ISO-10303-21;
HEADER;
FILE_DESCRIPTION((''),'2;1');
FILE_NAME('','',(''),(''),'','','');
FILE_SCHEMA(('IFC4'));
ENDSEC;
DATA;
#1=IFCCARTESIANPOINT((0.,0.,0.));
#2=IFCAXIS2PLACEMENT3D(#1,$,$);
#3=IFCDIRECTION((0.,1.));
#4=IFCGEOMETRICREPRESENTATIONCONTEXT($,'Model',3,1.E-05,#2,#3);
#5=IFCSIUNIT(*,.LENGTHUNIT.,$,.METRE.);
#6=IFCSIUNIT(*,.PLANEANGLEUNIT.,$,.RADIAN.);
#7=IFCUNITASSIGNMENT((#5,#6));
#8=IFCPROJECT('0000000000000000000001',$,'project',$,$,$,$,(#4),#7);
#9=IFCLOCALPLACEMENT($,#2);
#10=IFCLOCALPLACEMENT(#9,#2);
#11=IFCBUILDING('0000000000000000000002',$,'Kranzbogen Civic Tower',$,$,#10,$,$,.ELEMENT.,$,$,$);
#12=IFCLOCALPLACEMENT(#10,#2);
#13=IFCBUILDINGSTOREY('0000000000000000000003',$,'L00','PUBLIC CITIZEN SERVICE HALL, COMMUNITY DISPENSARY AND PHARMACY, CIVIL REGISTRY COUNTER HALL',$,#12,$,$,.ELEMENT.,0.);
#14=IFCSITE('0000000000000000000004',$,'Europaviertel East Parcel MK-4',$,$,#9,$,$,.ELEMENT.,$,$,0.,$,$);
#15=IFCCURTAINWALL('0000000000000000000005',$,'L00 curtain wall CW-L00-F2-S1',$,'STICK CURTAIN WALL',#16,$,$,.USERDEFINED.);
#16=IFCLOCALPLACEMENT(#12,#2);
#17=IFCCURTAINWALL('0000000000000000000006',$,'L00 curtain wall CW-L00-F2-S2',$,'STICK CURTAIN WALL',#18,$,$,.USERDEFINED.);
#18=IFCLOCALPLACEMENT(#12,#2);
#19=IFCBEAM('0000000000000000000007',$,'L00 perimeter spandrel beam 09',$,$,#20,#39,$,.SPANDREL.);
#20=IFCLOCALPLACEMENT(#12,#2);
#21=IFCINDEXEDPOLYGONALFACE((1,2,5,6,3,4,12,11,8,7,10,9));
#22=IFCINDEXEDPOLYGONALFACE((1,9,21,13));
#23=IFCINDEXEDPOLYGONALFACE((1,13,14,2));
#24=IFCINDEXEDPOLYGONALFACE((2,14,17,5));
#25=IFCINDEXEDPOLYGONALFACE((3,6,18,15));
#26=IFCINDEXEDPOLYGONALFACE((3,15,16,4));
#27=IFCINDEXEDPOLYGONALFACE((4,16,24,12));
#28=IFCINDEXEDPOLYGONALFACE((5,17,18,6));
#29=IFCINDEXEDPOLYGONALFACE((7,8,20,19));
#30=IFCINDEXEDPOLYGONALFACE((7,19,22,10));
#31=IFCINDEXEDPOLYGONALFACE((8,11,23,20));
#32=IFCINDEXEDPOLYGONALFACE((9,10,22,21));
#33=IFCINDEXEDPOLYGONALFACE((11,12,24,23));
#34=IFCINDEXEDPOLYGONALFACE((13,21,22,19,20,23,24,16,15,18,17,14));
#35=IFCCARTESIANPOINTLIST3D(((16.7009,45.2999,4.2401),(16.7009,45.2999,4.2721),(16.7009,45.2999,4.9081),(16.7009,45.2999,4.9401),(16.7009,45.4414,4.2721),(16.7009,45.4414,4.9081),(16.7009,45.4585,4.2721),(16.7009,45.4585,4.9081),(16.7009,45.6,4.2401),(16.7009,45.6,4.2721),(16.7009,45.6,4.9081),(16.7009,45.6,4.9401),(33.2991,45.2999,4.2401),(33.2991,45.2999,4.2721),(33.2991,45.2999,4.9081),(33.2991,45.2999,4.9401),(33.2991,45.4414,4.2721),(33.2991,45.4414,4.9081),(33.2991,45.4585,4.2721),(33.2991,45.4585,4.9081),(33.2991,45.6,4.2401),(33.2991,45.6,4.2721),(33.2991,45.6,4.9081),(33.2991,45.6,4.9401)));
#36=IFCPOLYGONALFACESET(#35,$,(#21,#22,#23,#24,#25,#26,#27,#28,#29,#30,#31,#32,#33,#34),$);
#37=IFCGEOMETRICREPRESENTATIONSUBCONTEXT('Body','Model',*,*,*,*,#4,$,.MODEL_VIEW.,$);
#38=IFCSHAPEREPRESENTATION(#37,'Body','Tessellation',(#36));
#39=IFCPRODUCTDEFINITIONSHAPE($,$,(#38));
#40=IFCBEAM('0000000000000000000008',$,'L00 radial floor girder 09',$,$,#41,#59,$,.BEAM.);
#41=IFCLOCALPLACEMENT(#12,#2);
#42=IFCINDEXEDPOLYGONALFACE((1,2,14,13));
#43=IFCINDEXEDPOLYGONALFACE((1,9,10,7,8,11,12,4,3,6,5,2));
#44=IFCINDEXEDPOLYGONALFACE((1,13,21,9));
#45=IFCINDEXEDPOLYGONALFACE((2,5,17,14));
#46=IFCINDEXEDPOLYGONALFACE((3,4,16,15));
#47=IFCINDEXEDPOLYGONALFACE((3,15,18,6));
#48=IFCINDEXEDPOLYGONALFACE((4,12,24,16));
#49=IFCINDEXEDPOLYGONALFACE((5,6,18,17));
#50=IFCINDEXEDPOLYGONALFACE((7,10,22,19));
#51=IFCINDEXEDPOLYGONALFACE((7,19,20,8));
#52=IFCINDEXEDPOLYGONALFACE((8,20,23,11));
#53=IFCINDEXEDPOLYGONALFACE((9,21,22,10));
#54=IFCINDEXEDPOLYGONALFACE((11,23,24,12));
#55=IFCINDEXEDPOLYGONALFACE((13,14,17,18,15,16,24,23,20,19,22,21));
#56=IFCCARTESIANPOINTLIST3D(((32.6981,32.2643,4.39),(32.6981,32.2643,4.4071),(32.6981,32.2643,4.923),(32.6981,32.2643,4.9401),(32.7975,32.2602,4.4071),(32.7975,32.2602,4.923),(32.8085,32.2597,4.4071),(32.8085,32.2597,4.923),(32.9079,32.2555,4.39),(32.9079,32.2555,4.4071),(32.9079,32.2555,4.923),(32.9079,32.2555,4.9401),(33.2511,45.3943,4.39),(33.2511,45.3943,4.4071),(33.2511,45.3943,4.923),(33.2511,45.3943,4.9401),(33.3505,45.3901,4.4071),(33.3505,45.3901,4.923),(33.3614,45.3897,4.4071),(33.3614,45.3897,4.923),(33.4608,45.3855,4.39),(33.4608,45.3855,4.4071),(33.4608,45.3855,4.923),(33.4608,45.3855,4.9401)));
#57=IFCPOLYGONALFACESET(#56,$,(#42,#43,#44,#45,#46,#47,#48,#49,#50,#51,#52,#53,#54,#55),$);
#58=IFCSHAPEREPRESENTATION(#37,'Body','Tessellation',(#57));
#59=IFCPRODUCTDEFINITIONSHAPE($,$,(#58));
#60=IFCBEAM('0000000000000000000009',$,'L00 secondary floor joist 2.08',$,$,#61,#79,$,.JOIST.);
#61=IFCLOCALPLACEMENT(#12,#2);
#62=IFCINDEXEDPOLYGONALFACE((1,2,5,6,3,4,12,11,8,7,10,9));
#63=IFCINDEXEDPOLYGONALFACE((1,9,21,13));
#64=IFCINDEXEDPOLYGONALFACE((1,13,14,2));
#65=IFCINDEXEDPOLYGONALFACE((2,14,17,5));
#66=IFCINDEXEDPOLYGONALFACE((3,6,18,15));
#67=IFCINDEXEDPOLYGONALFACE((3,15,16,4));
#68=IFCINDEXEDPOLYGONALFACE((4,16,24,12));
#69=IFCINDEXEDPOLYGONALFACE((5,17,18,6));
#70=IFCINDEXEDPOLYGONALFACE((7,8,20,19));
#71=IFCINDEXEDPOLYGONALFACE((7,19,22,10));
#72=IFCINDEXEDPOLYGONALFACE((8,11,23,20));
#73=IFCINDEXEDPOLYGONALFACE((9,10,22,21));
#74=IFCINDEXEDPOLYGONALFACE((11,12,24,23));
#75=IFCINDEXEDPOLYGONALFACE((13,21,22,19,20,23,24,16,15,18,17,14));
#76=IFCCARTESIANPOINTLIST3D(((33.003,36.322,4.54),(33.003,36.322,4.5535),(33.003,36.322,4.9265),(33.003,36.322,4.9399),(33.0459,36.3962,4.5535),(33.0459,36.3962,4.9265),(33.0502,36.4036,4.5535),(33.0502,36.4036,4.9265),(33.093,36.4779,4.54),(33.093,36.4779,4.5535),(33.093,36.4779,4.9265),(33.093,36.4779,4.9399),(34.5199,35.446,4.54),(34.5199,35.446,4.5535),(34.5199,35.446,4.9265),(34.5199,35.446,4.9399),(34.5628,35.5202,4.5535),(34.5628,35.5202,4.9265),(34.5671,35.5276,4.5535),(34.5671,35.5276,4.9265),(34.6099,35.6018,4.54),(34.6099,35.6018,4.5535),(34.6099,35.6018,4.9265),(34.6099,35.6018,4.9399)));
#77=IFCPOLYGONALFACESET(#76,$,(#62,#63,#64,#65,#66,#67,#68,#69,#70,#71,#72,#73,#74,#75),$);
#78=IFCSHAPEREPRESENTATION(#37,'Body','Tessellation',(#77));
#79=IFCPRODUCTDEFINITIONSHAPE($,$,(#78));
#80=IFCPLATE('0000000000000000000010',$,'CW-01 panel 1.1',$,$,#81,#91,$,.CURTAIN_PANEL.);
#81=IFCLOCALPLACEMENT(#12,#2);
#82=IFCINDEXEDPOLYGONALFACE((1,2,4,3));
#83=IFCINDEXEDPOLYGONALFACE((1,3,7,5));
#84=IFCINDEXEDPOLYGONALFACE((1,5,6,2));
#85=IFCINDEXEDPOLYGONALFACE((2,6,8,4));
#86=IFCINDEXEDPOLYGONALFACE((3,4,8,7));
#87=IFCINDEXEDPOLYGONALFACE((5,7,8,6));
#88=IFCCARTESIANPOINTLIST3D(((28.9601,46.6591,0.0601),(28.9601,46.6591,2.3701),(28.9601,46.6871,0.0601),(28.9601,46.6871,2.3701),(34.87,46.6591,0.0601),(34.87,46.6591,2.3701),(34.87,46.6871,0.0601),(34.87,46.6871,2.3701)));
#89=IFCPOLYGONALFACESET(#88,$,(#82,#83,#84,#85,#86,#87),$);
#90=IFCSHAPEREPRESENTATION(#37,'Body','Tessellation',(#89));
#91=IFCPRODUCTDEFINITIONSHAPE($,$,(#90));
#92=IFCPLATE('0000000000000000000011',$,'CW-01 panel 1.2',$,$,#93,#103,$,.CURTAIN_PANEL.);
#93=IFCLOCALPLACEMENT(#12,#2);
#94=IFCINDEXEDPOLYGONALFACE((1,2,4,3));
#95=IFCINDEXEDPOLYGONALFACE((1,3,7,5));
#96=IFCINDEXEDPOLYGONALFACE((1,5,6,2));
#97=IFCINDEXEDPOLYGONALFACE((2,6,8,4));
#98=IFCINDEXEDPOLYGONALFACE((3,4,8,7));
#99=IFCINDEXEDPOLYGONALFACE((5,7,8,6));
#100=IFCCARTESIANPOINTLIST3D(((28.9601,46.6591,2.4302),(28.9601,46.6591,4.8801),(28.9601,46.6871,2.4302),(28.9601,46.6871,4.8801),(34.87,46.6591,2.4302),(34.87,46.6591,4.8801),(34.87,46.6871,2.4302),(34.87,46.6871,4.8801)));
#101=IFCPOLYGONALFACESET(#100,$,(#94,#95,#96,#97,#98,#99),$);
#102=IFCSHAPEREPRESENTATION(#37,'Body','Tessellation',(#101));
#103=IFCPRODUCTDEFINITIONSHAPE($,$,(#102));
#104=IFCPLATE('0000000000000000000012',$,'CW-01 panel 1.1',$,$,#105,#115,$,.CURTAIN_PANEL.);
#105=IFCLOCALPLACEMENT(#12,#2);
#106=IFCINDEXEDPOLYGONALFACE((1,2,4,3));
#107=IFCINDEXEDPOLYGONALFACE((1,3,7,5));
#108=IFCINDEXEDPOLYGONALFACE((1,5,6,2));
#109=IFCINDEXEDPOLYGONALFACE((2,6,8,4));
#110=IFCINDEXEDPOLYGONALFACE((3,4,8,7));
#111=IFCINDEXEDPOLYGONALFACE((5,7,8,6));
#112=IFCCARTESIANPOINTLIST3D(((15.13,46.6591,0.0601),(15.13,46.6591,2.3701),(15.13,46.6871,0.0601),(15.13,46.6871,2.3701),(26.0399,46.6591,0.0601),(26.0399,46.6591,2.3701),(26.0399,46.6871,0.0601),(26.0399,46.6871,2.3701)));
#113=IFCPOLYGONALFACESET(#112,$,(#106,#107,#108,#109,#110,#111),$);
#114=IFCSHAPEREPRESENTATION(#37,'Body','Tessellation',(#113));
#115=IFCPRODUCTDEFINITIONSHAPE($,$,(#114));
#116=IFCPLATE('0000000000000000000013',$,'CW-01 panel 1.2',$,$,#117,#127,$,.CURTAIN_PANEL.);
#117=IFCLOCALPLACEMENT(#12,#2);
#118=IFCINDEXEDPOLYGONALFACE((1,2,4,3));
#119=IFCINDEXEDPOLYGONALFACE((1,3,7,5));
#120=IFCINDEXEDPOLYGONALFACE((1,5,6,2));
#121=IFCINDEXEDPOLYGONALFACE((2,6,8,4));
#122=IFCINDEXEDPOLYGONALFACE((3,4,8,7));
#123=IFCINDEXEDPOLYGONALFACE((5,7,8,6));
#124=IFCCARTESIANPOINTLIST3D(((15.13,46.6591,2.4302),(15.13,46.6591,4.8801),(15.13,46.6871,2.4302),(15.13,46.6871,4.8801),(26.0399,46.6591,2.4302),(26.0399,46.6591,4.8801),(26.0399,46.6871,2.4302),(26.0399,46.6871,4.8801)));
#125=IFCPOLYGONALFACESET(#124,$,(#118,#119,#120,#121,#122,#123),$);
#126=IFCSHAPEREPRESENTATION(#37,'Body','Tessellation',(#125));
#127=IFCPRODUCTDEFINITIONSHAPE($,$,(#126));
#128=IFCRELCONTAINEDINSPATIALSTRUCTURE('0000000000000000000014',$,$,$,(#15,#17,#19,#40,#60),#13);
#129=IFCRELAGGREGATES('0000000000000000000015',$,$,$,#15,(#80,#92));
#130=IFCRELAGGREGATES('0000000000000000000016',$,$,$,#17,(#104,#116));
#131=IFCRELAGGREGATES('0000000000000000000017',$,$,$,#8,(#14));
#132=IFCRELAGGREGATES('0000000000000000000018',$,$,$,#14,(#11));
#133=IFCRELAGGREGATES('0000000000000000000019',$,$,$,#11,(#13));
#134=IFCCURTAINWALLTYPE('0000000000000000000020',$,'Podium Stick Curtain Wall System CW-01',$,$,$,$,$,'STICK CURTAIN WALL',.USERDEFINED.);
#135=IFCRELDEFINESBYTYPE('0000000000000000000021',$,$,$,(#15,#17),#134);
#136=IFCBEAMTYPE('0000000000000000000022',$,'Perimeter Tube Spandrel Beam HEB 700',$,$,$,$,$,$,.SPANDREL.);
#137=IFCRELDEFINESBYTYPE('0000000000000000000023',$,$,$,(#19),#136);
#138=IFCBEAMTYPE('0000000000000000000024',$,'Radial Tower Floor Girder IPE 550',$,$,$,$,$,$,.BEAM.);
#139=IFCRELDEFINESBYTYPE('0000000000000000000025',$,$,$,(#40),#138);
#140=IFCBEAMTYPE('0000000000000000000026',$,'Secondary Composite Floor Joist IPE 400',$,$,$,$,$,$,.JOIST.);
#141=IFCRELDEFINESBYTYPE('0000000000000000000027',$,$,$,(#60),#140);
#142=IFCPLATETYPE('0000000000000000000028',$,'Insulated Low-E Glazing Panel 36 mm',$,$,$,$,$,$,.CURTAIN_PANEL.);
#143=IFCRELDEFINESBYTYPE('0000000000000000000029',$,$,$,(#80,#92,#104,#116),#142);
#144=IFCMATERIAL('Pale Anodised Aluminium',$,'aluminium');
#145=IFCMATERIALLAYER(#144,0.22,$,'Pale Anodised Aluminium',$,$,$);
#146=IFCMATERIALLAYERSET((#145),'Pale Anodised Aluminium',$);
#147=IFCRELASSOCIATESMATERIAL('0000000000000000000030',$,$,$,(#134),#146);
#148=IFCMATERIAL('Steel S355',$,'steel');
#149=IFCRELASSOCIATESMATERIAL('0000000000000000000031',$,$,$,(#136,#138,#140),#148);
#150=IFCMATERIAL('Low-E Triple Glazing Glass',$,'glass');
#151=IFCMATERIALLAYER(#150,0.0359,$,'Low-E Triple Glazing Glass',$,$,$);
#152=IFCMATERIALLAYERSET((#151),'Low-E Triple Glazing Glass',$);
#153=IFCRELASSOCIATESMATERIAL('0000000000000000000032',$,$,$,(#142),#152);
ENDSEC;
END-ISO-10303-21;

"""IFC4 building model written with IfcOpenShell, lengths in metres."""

from ifc_helpers import new_model, si_unit, direction, frame, origin, origin_2d, place, context, subcontext, project, spatial, rectangle, i_section, extrude, material, layer, layer_set, material_profile, profile_set, type_object, element, aggregate, save


model = new_model("IFC4")

# Units and contexts
model_context = context("Model", 3, precision=1e-05, world=origin(), true_north=direction((0.0, 1.0)))
body_context = subcontext(model_context, "Body", "Model", "MODEL_VIEW")
ifc_project = project(units=[si_unit("LENGTHUNIT", "METRE"), si_unit("PLANEANGLEUNIT", "RADIAN")], contexts=[model_context])

# Site, building, storey
site_placement = place(None, origin())
site = spatial("IfcSite", under=ifc_project, at=site_placement, Name="Europaviertel East Parcel MK-4", CompositionType="ELEMENT", RefElevation=0.0)
building_placement = place(site_placement, origin())
building = spatial("IfcBuilding", under=site, at=building_placement, Name="Kranzbogen Civic Tower", CompositionType="ELEMENT")
storey_placement = place(building_placement, origin())
storey = spatial("IfcBuildingStorey", under=building, at=storey_placement, Name="L00", Description="PUBLIC CITIZEN SERVICE HALL, COMMUNITY DISPENSARY AND PHARMACY, CIVIL REGISTRY COUNTER HALL", CompositionType="ELEMENT", Elevation=0.0)

# Curtain wall
ifc_material_1 = material(Name="Pale Anodised Aluminium", Category="aluminium")
ifc_layer_1 = layer(ifc_material_1, 0.22, Name="Pale Anodised Aluminium")
ifc_layer_set_1 = layer_set([ifc_layer_1], Name="Pale Anodised Aluminium")
curtain_wall_type = type_object("IfcCurtainWallType", Name="Podium Stick Curtain Wall System CW-01", ElementType="STICK CURTAIN WALL", PredefinedType="USERDEFINED", material=ifc_layer_set_1)
curtain_wall_1_placement = place(storey_placement, origin())
curtain_wall_1 = element("IfcCurtainWall", 1, at=curtain_wall_1_placement, inside=storey, type_object=curtain_wall_type, Name="L00 curtain wall CW-L00-F2-S1", ObjectType="STICK CURTAIN WALL", PredefinedType="USERDEFINED")

# Curtain wall
curtain_wall_2_placement = place(storey_placement, origin())
curtain_wall_2 = element("IfcCurtainWall", 2, at=curtain_wall_2_placement, inside=storey, type_object=curtain_wall_type, Name="L00 curtain wall CW-L00-F2-S2", ObjectType="STICK CURTAIN WALL", PredefinedType="USERDEFINED")

# Beams
ifc_material_2 = material(Name="Steel S355", Category="steel")
ifc_material_profile_1 = material_profile(ifc_material_2, i_section(OverallWidth=0.3, OverallDepth=0.7, WebThickness=0.0171, FlangeThickness=0.032, at=origin_2d()), Name="HEB 700")
ifc_profile_set_1 = profile_set([ifc_material_profile_1], Name="Steel S355")
beam_type_1 = type_object("IfcBeamType", Name="Perimeter Tube Spandrel Beam HEB 700", PredefinedType="SPANDREL", material=ifc_profile_set_1)
beam_1_placement = place(storey_placement, frame((33.2991, 45.45, 4.5901), z_axis=(-1.0, 0.0, 0.0), x_axis=(0.0, -1.0, 0.0)))
element("IfcBeam", 3, at=beam_1_placement, inside=storey, type_object=beam_type_1, Name="L00 perimeter spandrel beam 09", PredefinedType="SPANDREL", context=body_context, shape_type="SweptSolid", body=[
    extrude(i_section(OverallWidth=0.3, OverallDepth=0.7, WebThickness=0.0171, FlangeThickness=0.032, at=origin_2d()), origin(), (0.0, 0.0, 1.0), 16.5981),
])
ifc_material_profile_2 = material_profile(ifc_material_2, i_section(OverallWidth=0.21, OverallDepth=0.55, WebThickness=0.011, FlangeThickness=0.0171, at=origin_2d()), Name="IPE 550")
ifc_profile_set_2 = profile_set([ifc_material_profile_2], Name="Steel S355")
beam_type_2 = type_object("IfcBeamType", Name="Radial Tower Floor Girder IPE 550", PredefinedType="BEAM", material=ifc_profile_set_2)
beam_2_placement = place(storey_placement, frame((33.356, 45.3899, 4.665), z_axis=(-0.042079, -0.999114, 0.0), x_axis=(0.999114, -0.042079, 0.0)))
element("IfcBeam", 4, at=beam_2_placement, inside=storey, type_object=beam_type_2, Name="L00 radial floor girder 09", PredefinedType="BEAM", context=body_context, shape_type="SweptSolid", body=[
    extrude(i_section(OverallWidth=0.21, OverallDepth=0.55, WebThickness=0.011, FlangeThickness=0.0171, at=origin_2d()), origin(), (0.0, 0.0, 1.0), 13.1416),
])
ifc_material_profile_3 = material_profile(ifc_material_2, i_section(OverallWidth=0.1799, OverallDepth=0.3999, WebThickness=0.0085, FlangeThickness=0.0134, at=origin_2d()), Name="IPE 400")
ifc_profile_set_3 = profile_set([ifc_material_profile_3], Name="Steel S355")
beam_type_3 = type_object("IfcBeamType", Name="Secondary Composite Floor Joist IPE 400", PredefinedType="JOIST", material=ifc_profile_set_3)
beam_3_placement = place(storey_placement, frame((34.5649, 35.5239, 4.74), z_axis=(-0.86597, 0.500096, 0.0), x_axis=(-0.500096, -0.86597, 0.0)))
element("IfcBeam", 5, at=beam_3_placement, inside=storey, type_object=beam_type_3, Name="L00 secondary floor joist 2.08", PredefinedType="JOIST", context=body_context, shape_type="SweptSolid", body=[
    extrude(i_section(OverallWidth=0.1799, OverallDepth=0.3999, WebThickness=0.0085, FlangeThickness=0.0134, at=origin_2d()), origin(), (0.0, 0.0, 1.0), 1.7517),
])

# Plates
ifc_material_3 = material(Name="Low-E Triple Glazing Glass", Category="glass")
ifc_layer_2 = layer(ifc_material_3, 0.0359, Name="Low-E Triple Glazing Glass")
ifc_layer_set_2 = layer_set([ifc_layer_2], Name="Low-E Triple Glazing Glass")
plate_type = type_object("IfcPlateType", Name="Insulated Low-E Glazing Panel 36 mm", PredefinedType="CURTAIN_PANEL", material=ifc_layer_set_2)
plate_1_placement = place(storey_placement, frame((31.915, 46.6731, 0.0601), z_axis=(0.0, 0.0, 1.0), x_axis=(-1.0, 0.0, 0.0)))
plate_1 = element("IfcPlate", 6, at=plate_1_placement, type_object=plate_type, Name="CW-01 panel 1.1", PredefinedType="CURTAIN_PANEL", context=body_context, shape_type="SweptSolid", body=[
    extrude(rectangle(XDim=5.9099, YDim=0.0281, at=origin_2d()), origin(), (0.0, 0.0, 1.0), 2.3101),
])
plate_2_placement = place(storey_placement, frame((31.915, 46.6731, 2.4302), z_axis=(0.0, 0.0, 1.0), x_axis=(-1.0, 0.0, 0.0)))
plate_2 = element("IfcPlate", 7, at=plate_2_placement, type_object=plate_type, Name="CW-01 panel 1.2", PredefinedType="CURTAIN_PANEL", context=body_context, shape_type="SweptSolid", body=[
    extrude(rectangle(XDim=5.9099, YDim=0.0281, at=origin_2d()), origin(), (0.0, 0.0, 1.0), 2.45),
])
aggregate(curtain_wall_1, [plate_1, plate_2])
plate_3_placement = place(storey_placement, frame((20.585, 46.6731, 0.0601), z_axis=(0.0, 0.0, 1.0), x_axis=(-1.0, 0.0, 0.0)))
plate_3 = element("IfcPlate", 8, at=plate_3_placement, type_object=plate_type, Name="CW-01 panel 1.1", PredefinedType="CURTAIN_PANEL", context=body_context, shape_type="SweptSolid", body=[
    extrude(rectangle(XDim=10.9099, YDim=0.0281, at=origin_2d()), origin(), (0.0, 0.0, 1.0), 2.3101),
])
plate_4_placement = place(storey_placement, frame((20.585, 46.6731, 2.4302), z_axis=(0.0, 0.0, 1.0), x_axis=(-1.0, 0.0, 0.0)))
plate_4 = element("IfcPlate", 9, at=plate_4_placement, type_object=plate_type, Name="CW-01 panel 1.2", PredefinedType="CURTAIN_PANEL", context=body_context, shape_type="SweptSolid", body=[
    extrude(rectangle(XDim=10.9099, YDim=0.0281, at=origin_2d()), origin(), (0.0, 0.0, 1.0), 2.45),
])
aggregate(curtain_wall_2, [plate_3, plate_4])

save(model, "model.ifc")
